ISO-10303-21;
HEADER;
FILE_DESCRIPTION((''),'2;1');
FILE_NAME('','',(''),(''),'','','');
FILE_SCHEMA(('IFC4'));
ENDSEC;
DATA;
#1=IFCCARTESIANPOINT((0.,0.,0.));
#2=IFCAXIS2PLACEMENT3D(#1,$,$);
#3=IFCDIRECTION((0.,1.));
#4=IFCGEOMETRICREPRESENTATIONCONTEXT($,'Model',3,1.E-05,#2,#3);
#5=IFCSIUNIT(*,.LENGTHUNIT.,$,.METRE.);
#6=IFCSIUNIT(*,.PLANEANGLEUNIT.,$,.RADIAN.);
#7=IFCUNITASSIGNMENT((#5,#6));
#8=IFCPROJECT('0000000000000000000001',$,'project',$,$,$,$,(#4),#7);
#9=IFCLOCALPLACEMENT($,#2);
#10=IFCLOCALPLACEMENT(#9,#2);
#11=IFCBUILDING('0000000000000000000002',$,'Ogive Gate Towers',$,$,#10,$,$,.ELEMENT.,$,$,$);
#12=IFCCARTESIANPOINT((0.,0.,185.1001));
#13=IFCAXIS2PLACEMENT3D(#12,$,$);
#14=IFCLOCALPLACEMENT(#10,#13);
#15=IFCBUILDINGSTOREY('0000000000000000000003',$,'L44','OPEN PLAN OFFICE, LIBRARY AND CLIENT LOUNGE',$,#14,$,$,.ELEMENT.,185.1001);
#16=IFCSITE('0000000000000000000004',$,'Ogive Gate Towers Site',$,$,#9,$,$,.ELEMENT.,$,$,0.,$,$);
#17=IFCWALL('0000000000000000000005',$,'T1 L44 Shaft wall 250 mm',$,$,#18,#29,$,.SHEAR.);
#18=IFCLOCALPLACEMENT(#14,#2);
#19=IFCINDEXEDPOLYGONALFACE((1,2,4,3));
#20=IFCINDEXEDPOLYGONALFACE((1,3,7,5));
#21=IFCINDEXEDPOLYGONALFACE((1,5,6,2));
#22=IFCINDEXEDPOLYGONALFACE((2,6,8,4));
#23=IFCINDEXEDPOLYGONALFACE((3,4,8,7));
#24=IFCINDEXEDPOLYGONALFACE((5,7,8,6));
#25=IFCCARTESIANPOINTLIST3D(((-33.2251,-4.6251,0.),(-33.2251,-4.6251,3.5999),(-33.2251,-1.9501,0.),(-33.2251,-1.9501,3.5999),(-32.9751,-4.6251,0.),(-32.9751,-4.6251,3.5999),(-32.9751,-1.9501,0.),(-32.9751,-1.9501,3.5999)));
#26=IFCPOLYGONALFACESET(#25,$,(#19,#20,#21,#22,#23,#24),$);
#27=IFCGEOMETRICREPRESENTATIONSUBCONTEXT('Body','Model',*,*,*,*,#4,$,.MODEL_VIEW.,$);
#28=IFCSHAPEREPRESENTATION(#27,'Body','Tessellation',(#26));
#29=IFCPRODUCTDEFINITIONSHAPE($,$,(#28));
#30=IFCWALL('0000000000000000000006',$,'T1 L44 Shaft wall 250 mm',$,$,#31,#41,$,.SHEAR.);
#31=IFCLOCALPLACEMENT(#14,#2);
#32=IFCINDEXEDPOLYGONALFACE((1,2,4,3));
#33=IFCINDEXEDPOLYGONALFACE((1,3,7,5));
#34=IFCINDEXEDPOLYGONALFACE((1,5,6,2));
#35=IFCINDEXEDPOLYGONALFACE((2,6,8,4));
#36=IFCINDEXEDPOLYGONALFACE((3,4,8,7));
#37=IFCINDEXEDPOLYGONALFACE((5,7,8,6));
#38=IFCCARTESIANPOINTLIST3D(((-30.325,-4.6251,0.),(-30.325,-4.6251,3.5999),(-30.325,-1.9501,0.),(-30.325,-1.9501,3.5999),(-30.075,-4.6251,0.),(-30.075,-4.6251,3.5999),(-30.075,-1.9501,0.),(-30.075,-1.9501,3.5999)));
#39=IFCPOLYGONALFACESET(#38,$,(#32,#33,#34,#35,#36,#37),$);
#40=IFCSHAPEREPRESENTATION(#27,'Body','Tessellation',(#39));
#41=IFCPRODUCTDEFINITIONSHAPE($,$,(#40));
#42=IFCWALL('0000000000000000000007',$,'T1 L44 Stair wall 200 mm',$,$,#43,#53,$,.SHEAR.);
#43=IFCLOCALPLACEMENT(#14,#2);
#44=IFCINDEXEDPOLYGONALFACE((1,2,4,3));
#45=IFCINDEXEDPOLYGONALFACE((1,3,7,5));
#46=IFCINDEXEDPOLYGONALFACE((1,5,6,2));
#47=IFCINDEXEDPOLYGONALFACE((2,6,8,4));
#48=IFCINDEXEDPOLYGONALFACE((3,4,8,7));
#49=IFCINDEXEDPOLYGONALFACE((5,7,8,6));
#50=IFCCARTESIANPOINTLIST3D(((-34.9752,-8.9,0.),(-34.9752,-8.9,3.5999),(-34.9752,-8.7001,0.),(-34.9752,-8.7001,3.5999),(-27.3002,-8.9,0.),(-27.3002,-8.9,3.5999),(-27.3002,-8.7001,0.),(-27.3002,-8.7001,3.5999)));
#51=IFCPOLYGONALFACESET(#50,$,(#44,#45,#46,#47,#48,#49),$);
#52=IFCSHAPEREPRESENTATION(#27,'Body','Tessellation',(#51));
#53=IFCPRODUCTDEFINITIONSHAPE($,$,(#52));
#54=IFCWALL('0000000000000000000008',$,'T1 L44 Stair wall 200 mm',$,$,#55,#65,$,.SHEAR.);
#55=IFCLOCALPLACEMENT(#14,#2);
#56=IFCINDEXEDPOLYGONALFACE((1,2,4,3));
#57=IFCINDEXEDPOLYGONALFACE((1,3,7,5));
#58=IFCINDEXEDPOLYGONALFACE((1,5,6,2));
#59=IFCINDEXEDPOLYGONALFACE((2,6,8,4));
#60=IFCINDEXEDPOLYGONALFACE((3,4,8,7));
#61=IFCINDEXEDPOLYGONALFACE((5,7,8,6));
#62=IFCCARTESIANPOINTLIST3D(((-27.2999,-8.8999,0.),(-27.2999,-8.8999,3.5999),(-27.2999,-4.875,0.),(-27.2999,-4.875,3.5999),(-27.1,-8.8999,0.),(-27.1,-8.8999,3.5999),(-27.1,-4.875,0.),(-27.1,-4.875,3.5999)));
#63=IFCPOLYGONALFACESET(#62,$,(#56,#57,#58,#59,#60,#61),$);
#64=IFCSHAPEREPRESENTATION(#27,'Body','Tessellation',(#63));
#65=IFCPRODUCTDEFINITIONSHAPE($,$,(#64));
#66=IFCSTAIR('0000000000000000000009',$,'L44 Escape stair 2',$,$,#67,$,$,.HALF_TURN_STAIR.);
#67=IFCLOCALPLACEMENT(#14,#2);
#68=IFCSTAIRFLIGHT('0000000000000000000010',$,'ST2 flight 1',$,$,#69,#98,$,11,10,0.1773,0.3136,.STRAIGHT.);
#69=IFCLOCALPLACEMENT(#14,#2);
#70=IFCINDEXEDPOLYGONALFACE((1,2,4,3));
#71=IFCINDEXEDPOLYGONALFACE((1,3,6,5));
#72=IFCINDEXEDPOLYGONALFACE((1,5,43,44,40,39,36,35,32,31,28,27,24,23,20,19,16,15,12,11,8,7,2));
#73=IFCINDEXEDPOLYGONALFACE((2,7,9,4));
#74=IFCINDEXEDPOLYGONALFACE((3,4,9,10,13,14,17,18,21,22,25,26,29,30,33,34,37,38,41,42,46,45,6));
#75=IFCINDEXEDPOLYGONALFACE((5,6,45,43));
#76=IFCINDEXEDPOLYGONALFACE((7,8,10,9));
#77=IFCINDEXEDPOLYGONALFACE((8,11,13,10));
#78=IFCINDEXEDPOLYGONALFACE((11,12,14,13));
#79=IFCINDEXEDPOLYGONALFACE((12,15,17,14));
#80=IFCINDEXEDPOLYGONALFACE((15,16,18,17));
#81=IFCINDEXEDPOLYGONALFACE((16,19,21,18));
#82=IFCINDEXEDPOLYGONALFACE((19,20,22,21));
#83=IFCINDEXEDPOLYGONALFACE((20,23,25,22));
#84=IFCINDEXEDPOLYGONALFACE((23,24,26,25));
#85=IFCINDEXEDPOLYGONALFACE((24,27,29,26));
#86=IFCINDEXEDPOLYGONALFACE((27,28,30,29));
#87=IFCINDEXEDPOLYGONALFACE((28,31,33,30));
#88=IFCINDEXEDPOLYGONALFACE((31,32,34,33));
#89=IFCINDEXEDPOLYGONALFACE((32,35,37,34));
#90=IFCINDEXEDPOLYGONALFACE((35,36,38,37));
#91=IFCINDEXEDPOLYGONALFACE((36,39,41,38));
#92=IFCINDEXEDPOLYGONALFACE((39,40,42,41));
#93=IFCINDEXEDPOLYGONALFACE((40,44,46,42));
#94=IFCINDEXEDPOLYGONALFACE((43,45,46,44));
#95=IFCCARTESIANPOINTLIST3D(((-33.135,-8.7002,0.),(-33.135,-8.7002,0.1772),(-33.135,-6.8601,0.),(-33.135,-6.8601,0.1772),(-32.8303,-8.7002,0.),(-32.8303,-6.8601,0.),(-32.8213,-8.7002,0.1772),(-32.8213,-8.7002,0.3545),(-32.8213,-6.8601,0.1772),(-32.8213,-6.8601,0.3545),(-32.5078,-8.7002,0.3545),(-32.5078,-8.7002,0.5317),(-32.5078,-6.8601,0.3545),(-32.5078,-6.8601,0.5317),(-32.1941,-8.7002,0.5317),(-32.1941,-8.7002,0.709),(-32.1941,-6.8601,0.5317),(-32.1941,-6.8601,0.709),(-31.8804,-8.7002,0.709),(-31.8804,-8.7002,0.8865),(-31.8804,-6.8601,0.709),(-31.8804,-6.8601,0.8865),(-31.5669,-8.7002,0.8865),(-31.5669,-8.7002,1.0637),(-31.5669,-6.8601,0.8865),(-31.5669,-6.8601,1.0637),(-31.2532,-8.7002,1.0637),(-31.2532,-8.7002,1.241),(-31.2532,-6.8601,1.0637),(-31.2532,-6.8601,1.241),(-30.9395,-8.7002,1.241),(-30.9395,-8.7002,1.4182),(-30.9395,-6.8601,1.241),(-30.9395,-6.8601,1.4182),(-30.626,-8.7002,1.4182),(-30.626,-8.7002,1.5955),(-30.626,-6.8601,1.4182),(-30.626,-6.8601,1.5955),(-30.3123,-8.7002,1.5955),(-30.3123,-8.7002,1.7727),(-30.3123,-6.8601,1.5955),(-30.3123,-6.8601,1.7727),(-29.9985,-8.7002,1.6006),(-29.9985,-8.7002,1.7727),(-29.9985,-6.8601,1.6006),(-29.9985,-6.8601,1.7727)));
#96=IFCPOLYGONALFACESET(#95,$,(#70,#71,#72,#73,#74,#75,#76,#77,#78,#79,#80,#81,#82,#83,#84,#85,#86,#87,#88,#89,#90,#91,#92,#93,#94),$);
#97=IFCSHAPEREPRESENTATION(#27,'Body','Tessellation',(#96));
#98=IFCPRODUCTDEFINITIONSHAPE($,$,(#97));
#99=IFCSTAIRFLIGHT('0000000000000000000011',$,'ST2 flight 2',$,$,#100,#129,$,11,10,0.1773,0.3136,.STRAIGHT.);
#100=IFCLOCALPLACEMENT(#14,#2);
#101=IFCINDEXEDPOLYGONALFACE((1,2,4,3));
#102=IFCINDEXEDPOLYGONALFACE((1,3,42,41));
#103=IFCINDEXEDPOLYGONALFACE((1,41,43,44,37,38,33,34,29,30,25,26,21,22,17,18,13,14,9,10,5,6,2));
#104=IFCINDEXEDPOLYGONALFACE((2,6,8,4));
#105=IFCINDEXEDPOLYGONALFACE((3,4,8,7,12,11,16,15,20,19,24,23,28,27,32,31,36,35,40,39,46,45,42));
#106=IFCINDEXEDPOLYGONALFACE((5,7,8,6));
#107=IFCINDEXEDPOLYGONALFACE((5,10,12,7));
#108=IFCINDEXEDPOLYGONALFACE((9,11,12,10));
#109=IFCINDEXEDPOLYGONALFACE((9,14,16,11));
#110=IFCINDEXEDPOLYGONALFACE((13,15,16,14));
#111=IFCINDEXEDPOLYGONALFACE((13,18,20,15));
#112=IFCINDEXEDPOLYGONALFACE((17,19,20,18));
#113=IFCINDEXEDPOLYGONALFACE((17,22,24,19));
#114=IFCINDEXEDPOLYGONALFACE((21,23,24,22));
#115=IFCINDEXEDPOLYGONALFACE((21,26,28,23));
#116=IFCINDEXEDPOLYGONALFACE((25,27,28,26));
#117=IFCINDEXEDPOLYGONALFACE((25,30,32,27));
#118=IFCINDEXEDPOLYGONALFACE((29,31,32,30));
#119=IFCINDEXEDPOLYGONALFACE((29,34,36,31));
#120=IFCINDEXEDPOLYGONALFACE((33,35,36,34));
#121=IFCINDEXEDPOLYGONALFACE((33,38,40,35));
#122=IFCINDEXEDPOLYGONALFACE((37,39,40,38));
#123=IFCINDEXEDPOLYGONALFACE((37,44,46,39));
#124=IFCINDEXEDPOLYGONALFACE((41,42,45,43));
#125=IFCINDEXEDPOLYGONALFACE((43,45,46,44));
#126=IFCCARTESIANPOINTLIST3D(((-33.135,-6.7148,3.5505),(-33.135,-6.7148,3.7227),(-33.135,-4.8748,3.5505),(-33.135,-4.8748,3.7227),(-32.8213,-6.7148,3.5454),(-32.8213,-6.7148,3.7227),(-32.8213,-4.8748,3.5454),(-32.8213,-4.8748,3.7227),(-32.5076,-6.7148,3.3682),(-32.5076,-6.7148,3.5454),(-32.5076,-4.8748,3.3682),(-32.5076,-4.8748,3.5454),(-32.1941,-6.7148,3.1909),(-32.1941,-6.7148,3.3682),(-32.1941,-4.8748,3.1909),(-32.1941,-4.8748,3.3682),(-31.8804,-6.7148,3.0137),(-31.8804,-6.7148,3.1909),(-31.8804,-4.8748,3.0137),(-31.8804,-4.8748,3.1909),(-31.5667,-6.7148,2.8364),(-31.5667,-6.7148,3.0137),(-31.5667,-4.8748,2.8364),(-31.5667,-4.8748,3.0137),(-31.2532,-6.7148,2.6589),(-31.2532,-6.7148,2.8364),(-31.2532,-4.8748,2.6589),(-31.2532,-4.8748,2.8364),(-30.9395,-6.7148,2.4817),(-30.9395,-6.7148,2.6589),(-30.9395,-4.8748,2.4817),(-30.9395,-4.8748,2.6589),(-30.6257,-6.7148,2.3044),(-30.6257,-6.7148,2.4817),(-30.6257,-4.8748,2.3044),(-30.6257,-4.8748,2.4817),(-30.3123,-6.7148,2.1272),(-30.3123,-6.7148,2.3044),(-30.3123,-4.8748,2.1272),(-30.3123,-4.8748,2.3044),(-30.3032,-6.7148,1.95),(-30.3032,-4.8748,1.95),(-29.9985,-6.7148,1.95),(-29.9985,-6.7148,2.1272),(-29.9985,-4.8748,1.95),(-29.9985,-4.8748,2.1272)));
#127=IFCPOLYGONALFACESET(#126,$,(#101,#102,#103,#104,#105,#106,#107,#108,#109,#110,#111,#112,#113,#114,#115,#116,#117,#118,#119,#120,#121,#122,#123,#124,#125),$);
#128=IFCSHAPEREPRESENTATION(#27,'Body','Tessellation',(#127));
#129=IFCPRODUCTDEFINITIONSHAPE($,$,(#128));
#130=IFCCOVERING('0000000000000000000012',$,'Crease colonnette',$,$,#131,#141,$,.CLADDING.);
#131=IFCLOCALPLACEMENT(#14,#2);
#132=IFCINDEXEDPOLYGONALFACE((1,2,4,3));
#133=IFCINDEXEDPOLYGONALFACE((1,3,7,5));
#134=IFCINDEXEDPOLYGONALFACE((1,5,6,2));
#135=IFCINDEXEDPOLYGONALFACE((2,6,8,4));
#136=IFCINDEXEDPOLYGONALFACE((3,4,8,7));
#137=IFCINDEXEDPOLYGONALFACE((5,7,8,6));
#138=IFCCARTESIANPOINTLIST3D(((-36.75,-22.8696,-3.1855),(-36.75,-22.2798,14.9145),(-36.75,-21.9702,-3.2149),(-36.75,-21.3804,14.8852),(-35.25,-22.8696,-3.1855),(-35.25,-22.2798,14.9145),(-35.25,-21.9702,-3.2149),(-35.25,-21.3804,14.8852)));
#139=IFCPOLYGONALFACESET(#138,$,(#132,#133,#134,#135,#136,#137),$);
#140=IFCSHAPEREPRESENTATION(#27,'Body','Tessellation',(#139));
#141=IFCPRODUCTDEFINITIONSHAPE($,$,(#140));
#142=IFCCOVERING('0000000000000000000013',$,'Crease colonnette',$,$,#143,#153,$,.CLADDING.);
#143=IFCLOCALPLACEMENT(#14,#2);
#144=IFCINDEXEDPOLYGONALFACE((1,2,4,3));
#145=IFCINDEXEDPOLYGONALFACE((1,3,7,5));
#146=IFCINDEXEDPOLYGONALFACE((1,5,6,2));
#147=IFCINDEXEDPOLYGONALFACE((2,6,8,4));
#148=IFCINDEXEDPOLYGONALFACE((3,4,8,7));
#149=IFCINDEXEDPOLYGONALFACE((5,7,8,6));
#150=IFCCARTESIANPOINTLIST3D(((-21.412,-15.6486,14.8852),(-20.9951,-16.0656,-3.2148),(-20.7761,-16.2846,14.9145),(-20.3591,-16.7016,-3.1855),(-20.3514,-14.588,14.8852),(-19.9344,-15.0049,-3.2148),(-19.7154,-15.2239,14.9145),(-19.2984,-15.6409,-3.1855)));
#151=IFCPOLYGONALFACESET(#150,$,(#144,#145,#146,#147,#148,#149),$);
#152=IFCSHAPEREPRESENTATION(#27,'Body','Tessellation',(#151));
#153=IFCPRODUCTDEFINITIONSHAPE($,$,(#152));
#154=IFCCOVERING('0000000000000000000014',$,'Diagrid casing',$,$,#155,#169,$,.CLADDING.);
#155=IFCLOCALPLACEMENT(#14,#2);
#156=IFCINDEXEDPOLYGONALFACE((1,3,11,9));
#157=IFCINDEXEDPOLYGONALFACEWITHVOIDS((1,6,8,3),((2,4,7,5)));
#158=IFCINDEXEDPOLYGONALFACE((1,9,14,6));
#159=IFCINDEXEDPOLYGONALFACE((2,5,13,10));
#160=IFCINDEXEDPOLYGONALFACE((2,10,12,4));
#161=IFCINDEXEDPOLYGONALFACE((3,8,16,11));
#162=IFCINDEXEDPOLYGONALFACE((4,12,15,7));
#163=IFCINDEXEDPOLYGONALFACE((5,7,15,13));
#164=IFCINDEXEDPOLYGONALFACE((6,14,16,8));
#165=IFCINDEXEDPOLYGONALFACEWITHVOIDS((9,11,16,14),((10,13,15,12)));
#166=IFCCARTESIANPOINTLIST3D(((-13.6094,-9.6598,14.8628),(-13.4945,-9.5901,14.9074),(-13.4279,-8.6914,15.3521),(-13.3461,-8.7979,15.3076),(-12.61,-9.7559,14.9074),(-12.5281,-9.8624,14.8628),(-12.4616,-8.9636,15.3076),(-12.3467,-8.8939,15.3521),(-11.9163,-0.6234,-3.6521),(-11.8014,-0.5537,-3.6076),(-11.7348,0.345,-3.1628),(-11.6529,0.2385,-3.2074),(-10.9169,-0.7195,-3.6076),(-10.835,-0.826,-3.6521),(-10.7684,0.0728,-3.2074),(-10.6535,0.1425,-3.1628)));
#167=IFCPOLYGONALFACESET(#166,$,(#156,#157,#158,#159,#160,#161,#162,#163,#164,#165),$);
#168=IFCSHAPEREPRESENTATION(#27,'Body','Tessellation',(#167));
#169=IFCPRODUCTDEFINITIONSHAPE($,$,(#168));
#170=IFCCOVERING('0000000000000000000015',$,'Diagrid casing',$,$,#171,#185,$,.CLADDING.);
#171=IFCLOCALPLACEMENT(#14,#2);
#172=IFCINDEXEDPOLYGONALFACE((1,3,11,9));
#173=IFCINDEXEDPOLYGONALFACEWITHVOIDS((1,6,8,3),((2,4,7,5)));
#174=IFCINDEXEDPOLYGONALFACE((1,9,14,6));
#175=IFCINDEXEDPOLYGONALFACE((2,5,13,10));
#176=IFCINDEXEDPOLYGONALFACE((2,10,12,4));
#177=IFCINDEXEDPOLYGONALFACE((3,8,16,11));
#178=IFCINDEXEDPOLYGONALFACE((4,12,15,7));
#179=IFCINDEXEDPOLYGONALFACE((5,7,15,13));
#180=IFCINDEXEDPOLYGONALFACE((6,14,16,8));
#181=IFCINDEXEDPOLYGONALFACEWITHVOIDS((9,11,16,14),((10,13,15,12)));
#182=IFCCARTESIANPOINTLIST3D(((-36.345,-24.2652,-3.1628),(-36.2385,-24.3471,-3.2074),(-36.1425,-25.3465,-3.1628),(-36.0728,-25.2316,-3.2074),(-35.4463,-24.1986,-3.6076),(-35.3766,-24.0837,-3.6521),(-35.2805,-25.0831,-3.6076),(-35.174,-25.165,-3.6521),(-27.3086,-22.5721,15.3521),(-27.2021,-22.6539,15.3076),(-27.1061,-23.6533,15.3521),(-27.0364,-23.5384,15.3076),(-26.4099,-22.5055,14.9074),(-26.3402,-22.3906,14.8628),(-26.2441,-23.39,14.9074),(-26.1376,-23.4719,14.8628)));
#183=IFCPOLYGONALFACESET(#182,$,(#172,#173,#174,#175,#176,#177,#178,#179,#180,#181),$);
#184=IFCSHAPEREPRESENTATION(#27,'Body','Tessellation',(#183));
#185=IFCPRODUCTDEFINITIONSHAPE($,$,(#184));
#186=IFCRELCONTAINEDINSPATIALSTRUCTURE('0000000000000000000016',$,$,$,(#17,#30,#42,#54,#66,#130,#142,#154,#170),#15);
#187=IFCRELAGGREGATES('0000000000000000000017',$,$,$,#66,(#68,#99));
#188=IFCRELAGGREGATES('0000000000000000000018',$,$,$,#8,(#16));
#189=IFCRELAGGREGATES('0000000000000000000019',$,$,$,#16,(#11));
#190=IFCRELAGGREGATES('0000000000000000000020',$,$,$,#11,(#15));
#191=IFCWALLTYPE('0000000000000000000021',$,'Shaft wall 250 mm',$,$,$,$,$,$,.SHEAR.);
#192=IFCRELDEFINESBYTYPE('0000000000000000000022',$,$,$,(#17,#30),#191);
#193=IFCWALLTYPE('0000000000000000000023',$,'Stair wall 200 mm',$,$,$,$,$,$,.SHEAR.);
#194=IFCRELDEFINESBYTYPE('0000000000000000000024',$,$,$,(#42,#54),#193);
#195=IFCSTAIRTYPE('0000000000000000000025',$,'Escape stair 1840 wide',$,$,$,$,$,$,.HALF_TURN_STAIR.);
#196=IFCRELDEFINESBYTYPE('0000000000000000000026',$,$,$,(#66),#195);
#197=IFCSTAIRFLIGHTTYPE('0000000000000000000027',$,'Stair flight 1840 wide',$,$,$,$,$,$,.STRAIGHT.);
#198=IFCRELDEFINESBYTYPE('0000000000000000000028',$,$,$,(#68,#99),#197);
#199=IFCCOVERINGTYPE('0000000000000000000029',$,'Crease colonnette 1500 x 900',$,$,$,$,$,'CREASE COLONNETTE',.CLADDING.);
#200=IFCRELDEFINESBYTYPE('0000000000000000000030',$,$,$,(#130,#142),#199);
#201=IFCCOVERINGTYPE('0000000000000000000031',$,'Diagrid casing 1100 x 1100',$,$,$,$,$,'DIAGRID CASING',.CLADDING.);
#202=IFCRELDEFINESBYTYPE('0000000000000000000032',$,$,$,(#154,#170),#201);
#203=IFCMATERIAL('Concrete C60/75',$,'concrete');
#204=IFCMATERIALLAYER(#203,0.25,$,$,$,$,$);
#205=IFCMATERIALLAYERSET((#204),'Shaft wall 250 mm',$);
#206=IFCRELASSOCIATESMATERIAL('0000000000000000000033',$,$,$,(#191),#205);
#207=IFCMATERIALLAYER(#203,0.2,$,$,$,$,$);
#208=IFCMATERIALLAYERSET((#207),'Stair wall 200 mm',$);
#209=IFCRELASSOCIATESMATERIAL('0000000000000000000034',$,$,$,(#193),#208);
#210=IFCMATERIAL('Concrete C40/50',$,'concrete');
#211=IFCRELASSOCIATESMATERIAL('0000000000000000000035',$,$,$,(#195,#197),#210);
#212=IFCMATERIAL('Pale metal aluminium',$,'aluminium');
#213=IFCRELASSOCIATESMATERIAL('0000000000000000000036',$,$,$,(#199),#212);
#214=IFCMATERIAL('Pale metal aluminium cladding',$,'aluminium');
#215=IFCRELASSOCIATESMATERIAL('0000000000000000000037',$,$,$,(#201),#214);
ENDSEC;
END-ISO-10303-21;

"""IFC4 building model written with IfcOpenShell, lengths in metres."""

from ifc_helpers import new_model, si_unit, direction, frame, frame_2d, origin, origin_2d, place, context, subcontext, project, spatial, polyline, rectangle, hollow_rectangle, outline, extrude, material, layer, layer_set, material_profile, profile_set, type_object, element, aggregate, save


model = new_model("IFC4")

# Units and contexts
model_context = context("Model", 3, precision=1e-05, world=origin(), true_north=direction((0.0, 1.0)))
body_context = subcontext(model_context, "Body", "Model", "MODEL_VIEW")
ifc_project = project(units=[si_unit("LENGTHUNIT", "METRE"), si_unit("PLANEANGLEUNIT", "RADIAN")], contexts=[model_context])

# Site, building, storey
site_placement = place(None, origin())
site = spatial("IfcSite", under=ifc_project, at=site_placement, Name="Ogive Gate Towers Site", CompositionType="ELEMENT", RefElevation=0.0)
building_placement = place(site_placement, origin())
building = spatial("IfcBuilding", under=site, at=building_placement, Name="Ogive Gate Towers", CompositionType="ELEMENT")
storey_placement = place(building_placement, frame((0.0, 0.0, 185.1001)))
storey = spatial("IfcBuildingStorey", under=building, at=storey_placement, Name="L44", Description="OPEN PLAN OFFICE, LIBRARY AND CLIENT LOUNGE", CompositionType="ELEMENT", Elevation=185.1001)

# Shared definitions
ifc_material_1 = material(Name="Concrete C60/75", Category="concrete")

# Shared definitions
ifc_layer_1 = layer(ifc_material_1, 0.25)
ifc_layer_set_1 = layer_set([ifc_layer_1], Name="Shaft wall 250 mm")
wall_type_1 = type_object("IfcWallType", Name="Shaft wall 250 mm", PredefinedType="SHEAR", material=ifc_layer_set_1)

# Walls
for number, where, z_axis, x_axis, name in (
    (1, (-33.1001, -4.625, 0.0), (0.0, 0.0, 1.0), (0.0, 1.0, 0.0), "T1 L44 Shaft wall 250 mm"),
    (2, (-30.2, -4.625, 0.0), (0.0, 0.0, 1.0), (0.0, 1.0, 0.0), "T1 L44 Shaft wall 250 mm"),
):
    element("IfcWall", number, at=place(storey_placement, frame(where, z_axis=z_axis, x_axis=x_axis)), inside=storey, type_object=wall_type_1, Name=name, PredefinedType="SHEAR", context=body_context, shape_type="SweptSolid", body=[
        extrude(rectangle(XDim=2.675, YDim=0.25, at=frame_2d((1.3374, 0.0))), origin(), (0.0, 0.0, 1.0), 3.5999),
    ])
ifc_layer_2 = layer(ifc_material_1, 0.2)
ifc_layer_set_2 = layer_set([ifc_layer_2], Name="Stair wall 200 mm")
wall_type_2 = type_object("IfcWallType", Name="Stair wall 200 mm", PredefinedType="SHEAR", material=ifc_layer_set_2)
wall_1_placement = place(storey_placement, frame((-34.9751, -8.8, 0.0), z_axis=(0.0, 0.0, 1.0), x_axis=(1.0, 0.0, 0.0)))
element("IfcWall", 3, at=wall_1_placement, inside=storey, type_object=wall_type_2, Name="T1 L44 Stair wall 200 mm", PredefinedType="SHEAR", context=body_context, shape_type="SweptSolid", body=[
    extrude(rectangle(XDim=7.675, YDim=0.2, at=frame_2d((3.8374, 0.0))), origin(), (0.0, 0.0, 1.0), 3.5999),
])
wall_2_placement = place(storey_placement, frame((-27.2, -8.8999, 0.0), z_axis=(0.0, 0.0, 1.0), x_axis=(0.0, 1.0, 0.0)))
element("IfcWall", 4, at=wall_2_placement, inside=storey, type_object=wall_type_2, Name="T1 L44 Stair wall 200 mm", PredefinedType="SHEAR", context=body_context, shape_type="SweptSolid", body=[
    extrude(rectangle(XDim=4.0249, YDim=0.2, at=frame_2d((2.0125, 0.0))), origin(), (0.0, 0.0, 1.0), 3.5999),
])

# Stair, stair flights
ifc_material_2 = material(Name="Concrete C40/50", Category="concrete")
stair_type = type_object("IfcStairType", Name="Escape stair 1840 wide", PredefinedType="HALF_TURN_STAIR", material=ifc_material_2)
stair_placement = place(storey_placement, origin())
stair = element("IfcStair", 5, at=stair_placement, inside=storey, type_object=stair_type, Name="L44 Escape stair 2", PredefinedType="HALF_TURN_STAIR")
stair_flight_type = type_object("IfcStairFlightType", Name="Stair flight 1840 wide", PredefinedType="STRAIGHT", material=ifc_material_2)
stair_flight_1_placement = place(storey_placement, frame((-33.135, -7.78, 0.0), z_axis=(0.0, 0.0, 1.0), x_axis=(1.0, 0.0, 0.0)))
stair_flight_1 = element("IfcStairFlight", 6, at=stair_flight_1_placement, type_object=stair_flight_type, Name="ST2 flight 1", NumberOfRisers=11, NumberOfTreads=10, PredefinedType="STRAIGHT", RiserHeight=0.1773, TreadLength=0.3136, context=body_context, shape_type="SweptSolid", body=[
    extrude(outline(polyline([(0.0, 0.0), (0.0, 0.1772), (0.3137, 0.1772), (0.3137, 0.3545), (0.6272, 0.3545), (0.6272, 0.5317), (0.9409, 0.5317), (0.9409, 0.709), (1.2546, 0.709), (1.2546, 0.8865), (1.5681, 0.8865), (1.5681, 1.0637), (1.8818, 1.0637), (1.8818, 1.241), (2.1956, 1.241), (2.1956, 1.4182), (2.509, 1.4182), (2.509, 1.5955), (2.8228, 1.5955), (2.8228, 1.7727), (3.1365, 1.7727), (3.1365, 1.95), (3.1365, 1.6006), (0.3047, 0.0), (0.0, 0.0)])), frame((0.0, 0.9199, 0.0), z_axis=(0.0, -1.0, 0.0), x_axis=(1.0, 0.0, 0.0)), (0.0, 0.0, 1.0), 1.8401),
])
stair_flight_2_placement = place(storey_placement, frame((-29.9985, -5.7949, 1.95), z_axis=(0.0, 0.0, 1.0), x_axis=(-1.0, 0.0, 0.0)))
stair_flight_2 = element("IfcStairFlight", 7, at=stair_flight_2_placement, type_object=stair_flight_type, Name="ST2 flight 2", NumberOfRisers=11, NumberOfTreads=10, PredefinedType="STRAIGHT", RiserHeight=0.1773, TreadLength=0.3136, context=body_context, shape_type="SweptSolid", body=[
    extrude(outline(polyline([(0.0, 0.0), (0.0, 0.1772), (0.3137, 0.1772), (0.3137, 0.3545), (0.6272, 0.3545), (0.6272, 0.5317), (0.9409, 0.5317), (0.9409, 0.709), (1.2546, 0.709), (1.2546, 0.8865), (1.5681, 0.8865), (1.5681, 1.0637), (1.8818, 1.0637), (1.8818, 1.241), (2.1956, 1.241), (2.1956, 1.4182), (2.509, 1.4182), (2.509, 1.5955), (2.8228, 1.5955), (2.8228, 1.7727), (3.1365, 1.7727), (3.1365, 1.95), (3.1365, 1.6006), (0.3047, 0.0), (0.0, 0.0)])), frame((0.0, 0.9199, 0.0), z_axis=(0.0, -1.0, 0.0), x_axis=(1.0, 0.0, 0.0)), (0.0, 0.0, 1.0), 1.8401),
])
aggregate(stair, [stair_flight_1, stair_flight_2])

# Coverings
ifc_material_3 = material(Name="Pale metal aluminium", Category="aluminium")
ifc_material_profile_1 = material_profile(ifc_material_3, rectangle(XDim=1.5, YDim=0.8999, at=origin_2d()), Name="1500 x 900 pale metal aluminium")
ifc_profile_set_1 = profile_set([ifc_material_profile_1], Name="Pale metal aluminium")
covering_type_1 = type_object("IfcCoveringType", Name="Crease colonnette 1500 x 900", ElementType="CREASE COLONNETTE", PredefinedType="CLADDING", material=ifc_profile_set_1)
for number, where, z_axis, x_axis, name in (
    (8, (-36.0, -22.4199, -3.2002), (0.0, 0.032571, 0.999469), (-1.0, 0.0, 0.0), "Crease colonnette"),
    (9, (-20.1467, -15.8533, -3.2002), (-0.023026, 0.023026, 0.99947), (-0.707107, -0.707107, 0.0), "Crease colonnette"),
):
    element("IfcCovering", number, at=place(storey_placement, frame(where, z_axis=z_axis, x_axis=x_axis)), inside=storey, type_object=covering_type_1, Name=name, PredefinedType="CLADDING", context=body_context, shape_type="SweptSolid", body=[
        extrude(rectangle(XDim=1.5, YDim=0.8999, at=origin_2d()), origin(), (0.0, 0.0, 1.0), 18.1096),
    ])
ifc_material_4 = material(Name="Pale metal aluminium cladding", Category="aluminium")
ifc_material_profile_2 = material_profile(ifc_material_4, hollow_rectangle(XDim=1.1001, YDim=1.1001, WallThickness=0.1001, at=origin_2d()), Name="1100 x 1100 pale metal casing")
ifc_profile_set_2 = profile_set([ifc_material_profile_2], Name="Pale metal aluminium cladding")
covering_type_2 = type_object("IfcCoveringType", Name="Diagrid casing 1100 x 1100", ElementType="DIAGRID CASING", PredefinedType="CLADDING", material=ifc_profile_set_2)
for number, where, z_axis, x_axis, name in (
    (10, (-11.2849, -0.2405, -3.4075), (-0.081905, -0.437135, 0.895659), (0.982896, -0.184162, 0.0), "Diagrid casing"),
    (11, (-35.7595, -24.7151, -3.4075), (0.437135, 0.081905, 0.895659), (-0.184162, 0.982896, 0.0), "Diagrid casing"),
):
    element("IfcCovering", number, at=place(storey_placement, frame(where, z_axis=z_axis, x_axis=x_axis)), inside=storey, type_object=covering_type_2, Name=name, PredefinedType="CLADDING", context=body_context, shape_type="SweptSolid", body=[
        extrude(hollow_rectangle(XDim=1.1001, YDim=1.1001, WallThickness=0.1001, at=origin_2d()), origin(), (0.0, 0.0, 1.0), 20.6719),
    ])

save(model, "model.ifc")
